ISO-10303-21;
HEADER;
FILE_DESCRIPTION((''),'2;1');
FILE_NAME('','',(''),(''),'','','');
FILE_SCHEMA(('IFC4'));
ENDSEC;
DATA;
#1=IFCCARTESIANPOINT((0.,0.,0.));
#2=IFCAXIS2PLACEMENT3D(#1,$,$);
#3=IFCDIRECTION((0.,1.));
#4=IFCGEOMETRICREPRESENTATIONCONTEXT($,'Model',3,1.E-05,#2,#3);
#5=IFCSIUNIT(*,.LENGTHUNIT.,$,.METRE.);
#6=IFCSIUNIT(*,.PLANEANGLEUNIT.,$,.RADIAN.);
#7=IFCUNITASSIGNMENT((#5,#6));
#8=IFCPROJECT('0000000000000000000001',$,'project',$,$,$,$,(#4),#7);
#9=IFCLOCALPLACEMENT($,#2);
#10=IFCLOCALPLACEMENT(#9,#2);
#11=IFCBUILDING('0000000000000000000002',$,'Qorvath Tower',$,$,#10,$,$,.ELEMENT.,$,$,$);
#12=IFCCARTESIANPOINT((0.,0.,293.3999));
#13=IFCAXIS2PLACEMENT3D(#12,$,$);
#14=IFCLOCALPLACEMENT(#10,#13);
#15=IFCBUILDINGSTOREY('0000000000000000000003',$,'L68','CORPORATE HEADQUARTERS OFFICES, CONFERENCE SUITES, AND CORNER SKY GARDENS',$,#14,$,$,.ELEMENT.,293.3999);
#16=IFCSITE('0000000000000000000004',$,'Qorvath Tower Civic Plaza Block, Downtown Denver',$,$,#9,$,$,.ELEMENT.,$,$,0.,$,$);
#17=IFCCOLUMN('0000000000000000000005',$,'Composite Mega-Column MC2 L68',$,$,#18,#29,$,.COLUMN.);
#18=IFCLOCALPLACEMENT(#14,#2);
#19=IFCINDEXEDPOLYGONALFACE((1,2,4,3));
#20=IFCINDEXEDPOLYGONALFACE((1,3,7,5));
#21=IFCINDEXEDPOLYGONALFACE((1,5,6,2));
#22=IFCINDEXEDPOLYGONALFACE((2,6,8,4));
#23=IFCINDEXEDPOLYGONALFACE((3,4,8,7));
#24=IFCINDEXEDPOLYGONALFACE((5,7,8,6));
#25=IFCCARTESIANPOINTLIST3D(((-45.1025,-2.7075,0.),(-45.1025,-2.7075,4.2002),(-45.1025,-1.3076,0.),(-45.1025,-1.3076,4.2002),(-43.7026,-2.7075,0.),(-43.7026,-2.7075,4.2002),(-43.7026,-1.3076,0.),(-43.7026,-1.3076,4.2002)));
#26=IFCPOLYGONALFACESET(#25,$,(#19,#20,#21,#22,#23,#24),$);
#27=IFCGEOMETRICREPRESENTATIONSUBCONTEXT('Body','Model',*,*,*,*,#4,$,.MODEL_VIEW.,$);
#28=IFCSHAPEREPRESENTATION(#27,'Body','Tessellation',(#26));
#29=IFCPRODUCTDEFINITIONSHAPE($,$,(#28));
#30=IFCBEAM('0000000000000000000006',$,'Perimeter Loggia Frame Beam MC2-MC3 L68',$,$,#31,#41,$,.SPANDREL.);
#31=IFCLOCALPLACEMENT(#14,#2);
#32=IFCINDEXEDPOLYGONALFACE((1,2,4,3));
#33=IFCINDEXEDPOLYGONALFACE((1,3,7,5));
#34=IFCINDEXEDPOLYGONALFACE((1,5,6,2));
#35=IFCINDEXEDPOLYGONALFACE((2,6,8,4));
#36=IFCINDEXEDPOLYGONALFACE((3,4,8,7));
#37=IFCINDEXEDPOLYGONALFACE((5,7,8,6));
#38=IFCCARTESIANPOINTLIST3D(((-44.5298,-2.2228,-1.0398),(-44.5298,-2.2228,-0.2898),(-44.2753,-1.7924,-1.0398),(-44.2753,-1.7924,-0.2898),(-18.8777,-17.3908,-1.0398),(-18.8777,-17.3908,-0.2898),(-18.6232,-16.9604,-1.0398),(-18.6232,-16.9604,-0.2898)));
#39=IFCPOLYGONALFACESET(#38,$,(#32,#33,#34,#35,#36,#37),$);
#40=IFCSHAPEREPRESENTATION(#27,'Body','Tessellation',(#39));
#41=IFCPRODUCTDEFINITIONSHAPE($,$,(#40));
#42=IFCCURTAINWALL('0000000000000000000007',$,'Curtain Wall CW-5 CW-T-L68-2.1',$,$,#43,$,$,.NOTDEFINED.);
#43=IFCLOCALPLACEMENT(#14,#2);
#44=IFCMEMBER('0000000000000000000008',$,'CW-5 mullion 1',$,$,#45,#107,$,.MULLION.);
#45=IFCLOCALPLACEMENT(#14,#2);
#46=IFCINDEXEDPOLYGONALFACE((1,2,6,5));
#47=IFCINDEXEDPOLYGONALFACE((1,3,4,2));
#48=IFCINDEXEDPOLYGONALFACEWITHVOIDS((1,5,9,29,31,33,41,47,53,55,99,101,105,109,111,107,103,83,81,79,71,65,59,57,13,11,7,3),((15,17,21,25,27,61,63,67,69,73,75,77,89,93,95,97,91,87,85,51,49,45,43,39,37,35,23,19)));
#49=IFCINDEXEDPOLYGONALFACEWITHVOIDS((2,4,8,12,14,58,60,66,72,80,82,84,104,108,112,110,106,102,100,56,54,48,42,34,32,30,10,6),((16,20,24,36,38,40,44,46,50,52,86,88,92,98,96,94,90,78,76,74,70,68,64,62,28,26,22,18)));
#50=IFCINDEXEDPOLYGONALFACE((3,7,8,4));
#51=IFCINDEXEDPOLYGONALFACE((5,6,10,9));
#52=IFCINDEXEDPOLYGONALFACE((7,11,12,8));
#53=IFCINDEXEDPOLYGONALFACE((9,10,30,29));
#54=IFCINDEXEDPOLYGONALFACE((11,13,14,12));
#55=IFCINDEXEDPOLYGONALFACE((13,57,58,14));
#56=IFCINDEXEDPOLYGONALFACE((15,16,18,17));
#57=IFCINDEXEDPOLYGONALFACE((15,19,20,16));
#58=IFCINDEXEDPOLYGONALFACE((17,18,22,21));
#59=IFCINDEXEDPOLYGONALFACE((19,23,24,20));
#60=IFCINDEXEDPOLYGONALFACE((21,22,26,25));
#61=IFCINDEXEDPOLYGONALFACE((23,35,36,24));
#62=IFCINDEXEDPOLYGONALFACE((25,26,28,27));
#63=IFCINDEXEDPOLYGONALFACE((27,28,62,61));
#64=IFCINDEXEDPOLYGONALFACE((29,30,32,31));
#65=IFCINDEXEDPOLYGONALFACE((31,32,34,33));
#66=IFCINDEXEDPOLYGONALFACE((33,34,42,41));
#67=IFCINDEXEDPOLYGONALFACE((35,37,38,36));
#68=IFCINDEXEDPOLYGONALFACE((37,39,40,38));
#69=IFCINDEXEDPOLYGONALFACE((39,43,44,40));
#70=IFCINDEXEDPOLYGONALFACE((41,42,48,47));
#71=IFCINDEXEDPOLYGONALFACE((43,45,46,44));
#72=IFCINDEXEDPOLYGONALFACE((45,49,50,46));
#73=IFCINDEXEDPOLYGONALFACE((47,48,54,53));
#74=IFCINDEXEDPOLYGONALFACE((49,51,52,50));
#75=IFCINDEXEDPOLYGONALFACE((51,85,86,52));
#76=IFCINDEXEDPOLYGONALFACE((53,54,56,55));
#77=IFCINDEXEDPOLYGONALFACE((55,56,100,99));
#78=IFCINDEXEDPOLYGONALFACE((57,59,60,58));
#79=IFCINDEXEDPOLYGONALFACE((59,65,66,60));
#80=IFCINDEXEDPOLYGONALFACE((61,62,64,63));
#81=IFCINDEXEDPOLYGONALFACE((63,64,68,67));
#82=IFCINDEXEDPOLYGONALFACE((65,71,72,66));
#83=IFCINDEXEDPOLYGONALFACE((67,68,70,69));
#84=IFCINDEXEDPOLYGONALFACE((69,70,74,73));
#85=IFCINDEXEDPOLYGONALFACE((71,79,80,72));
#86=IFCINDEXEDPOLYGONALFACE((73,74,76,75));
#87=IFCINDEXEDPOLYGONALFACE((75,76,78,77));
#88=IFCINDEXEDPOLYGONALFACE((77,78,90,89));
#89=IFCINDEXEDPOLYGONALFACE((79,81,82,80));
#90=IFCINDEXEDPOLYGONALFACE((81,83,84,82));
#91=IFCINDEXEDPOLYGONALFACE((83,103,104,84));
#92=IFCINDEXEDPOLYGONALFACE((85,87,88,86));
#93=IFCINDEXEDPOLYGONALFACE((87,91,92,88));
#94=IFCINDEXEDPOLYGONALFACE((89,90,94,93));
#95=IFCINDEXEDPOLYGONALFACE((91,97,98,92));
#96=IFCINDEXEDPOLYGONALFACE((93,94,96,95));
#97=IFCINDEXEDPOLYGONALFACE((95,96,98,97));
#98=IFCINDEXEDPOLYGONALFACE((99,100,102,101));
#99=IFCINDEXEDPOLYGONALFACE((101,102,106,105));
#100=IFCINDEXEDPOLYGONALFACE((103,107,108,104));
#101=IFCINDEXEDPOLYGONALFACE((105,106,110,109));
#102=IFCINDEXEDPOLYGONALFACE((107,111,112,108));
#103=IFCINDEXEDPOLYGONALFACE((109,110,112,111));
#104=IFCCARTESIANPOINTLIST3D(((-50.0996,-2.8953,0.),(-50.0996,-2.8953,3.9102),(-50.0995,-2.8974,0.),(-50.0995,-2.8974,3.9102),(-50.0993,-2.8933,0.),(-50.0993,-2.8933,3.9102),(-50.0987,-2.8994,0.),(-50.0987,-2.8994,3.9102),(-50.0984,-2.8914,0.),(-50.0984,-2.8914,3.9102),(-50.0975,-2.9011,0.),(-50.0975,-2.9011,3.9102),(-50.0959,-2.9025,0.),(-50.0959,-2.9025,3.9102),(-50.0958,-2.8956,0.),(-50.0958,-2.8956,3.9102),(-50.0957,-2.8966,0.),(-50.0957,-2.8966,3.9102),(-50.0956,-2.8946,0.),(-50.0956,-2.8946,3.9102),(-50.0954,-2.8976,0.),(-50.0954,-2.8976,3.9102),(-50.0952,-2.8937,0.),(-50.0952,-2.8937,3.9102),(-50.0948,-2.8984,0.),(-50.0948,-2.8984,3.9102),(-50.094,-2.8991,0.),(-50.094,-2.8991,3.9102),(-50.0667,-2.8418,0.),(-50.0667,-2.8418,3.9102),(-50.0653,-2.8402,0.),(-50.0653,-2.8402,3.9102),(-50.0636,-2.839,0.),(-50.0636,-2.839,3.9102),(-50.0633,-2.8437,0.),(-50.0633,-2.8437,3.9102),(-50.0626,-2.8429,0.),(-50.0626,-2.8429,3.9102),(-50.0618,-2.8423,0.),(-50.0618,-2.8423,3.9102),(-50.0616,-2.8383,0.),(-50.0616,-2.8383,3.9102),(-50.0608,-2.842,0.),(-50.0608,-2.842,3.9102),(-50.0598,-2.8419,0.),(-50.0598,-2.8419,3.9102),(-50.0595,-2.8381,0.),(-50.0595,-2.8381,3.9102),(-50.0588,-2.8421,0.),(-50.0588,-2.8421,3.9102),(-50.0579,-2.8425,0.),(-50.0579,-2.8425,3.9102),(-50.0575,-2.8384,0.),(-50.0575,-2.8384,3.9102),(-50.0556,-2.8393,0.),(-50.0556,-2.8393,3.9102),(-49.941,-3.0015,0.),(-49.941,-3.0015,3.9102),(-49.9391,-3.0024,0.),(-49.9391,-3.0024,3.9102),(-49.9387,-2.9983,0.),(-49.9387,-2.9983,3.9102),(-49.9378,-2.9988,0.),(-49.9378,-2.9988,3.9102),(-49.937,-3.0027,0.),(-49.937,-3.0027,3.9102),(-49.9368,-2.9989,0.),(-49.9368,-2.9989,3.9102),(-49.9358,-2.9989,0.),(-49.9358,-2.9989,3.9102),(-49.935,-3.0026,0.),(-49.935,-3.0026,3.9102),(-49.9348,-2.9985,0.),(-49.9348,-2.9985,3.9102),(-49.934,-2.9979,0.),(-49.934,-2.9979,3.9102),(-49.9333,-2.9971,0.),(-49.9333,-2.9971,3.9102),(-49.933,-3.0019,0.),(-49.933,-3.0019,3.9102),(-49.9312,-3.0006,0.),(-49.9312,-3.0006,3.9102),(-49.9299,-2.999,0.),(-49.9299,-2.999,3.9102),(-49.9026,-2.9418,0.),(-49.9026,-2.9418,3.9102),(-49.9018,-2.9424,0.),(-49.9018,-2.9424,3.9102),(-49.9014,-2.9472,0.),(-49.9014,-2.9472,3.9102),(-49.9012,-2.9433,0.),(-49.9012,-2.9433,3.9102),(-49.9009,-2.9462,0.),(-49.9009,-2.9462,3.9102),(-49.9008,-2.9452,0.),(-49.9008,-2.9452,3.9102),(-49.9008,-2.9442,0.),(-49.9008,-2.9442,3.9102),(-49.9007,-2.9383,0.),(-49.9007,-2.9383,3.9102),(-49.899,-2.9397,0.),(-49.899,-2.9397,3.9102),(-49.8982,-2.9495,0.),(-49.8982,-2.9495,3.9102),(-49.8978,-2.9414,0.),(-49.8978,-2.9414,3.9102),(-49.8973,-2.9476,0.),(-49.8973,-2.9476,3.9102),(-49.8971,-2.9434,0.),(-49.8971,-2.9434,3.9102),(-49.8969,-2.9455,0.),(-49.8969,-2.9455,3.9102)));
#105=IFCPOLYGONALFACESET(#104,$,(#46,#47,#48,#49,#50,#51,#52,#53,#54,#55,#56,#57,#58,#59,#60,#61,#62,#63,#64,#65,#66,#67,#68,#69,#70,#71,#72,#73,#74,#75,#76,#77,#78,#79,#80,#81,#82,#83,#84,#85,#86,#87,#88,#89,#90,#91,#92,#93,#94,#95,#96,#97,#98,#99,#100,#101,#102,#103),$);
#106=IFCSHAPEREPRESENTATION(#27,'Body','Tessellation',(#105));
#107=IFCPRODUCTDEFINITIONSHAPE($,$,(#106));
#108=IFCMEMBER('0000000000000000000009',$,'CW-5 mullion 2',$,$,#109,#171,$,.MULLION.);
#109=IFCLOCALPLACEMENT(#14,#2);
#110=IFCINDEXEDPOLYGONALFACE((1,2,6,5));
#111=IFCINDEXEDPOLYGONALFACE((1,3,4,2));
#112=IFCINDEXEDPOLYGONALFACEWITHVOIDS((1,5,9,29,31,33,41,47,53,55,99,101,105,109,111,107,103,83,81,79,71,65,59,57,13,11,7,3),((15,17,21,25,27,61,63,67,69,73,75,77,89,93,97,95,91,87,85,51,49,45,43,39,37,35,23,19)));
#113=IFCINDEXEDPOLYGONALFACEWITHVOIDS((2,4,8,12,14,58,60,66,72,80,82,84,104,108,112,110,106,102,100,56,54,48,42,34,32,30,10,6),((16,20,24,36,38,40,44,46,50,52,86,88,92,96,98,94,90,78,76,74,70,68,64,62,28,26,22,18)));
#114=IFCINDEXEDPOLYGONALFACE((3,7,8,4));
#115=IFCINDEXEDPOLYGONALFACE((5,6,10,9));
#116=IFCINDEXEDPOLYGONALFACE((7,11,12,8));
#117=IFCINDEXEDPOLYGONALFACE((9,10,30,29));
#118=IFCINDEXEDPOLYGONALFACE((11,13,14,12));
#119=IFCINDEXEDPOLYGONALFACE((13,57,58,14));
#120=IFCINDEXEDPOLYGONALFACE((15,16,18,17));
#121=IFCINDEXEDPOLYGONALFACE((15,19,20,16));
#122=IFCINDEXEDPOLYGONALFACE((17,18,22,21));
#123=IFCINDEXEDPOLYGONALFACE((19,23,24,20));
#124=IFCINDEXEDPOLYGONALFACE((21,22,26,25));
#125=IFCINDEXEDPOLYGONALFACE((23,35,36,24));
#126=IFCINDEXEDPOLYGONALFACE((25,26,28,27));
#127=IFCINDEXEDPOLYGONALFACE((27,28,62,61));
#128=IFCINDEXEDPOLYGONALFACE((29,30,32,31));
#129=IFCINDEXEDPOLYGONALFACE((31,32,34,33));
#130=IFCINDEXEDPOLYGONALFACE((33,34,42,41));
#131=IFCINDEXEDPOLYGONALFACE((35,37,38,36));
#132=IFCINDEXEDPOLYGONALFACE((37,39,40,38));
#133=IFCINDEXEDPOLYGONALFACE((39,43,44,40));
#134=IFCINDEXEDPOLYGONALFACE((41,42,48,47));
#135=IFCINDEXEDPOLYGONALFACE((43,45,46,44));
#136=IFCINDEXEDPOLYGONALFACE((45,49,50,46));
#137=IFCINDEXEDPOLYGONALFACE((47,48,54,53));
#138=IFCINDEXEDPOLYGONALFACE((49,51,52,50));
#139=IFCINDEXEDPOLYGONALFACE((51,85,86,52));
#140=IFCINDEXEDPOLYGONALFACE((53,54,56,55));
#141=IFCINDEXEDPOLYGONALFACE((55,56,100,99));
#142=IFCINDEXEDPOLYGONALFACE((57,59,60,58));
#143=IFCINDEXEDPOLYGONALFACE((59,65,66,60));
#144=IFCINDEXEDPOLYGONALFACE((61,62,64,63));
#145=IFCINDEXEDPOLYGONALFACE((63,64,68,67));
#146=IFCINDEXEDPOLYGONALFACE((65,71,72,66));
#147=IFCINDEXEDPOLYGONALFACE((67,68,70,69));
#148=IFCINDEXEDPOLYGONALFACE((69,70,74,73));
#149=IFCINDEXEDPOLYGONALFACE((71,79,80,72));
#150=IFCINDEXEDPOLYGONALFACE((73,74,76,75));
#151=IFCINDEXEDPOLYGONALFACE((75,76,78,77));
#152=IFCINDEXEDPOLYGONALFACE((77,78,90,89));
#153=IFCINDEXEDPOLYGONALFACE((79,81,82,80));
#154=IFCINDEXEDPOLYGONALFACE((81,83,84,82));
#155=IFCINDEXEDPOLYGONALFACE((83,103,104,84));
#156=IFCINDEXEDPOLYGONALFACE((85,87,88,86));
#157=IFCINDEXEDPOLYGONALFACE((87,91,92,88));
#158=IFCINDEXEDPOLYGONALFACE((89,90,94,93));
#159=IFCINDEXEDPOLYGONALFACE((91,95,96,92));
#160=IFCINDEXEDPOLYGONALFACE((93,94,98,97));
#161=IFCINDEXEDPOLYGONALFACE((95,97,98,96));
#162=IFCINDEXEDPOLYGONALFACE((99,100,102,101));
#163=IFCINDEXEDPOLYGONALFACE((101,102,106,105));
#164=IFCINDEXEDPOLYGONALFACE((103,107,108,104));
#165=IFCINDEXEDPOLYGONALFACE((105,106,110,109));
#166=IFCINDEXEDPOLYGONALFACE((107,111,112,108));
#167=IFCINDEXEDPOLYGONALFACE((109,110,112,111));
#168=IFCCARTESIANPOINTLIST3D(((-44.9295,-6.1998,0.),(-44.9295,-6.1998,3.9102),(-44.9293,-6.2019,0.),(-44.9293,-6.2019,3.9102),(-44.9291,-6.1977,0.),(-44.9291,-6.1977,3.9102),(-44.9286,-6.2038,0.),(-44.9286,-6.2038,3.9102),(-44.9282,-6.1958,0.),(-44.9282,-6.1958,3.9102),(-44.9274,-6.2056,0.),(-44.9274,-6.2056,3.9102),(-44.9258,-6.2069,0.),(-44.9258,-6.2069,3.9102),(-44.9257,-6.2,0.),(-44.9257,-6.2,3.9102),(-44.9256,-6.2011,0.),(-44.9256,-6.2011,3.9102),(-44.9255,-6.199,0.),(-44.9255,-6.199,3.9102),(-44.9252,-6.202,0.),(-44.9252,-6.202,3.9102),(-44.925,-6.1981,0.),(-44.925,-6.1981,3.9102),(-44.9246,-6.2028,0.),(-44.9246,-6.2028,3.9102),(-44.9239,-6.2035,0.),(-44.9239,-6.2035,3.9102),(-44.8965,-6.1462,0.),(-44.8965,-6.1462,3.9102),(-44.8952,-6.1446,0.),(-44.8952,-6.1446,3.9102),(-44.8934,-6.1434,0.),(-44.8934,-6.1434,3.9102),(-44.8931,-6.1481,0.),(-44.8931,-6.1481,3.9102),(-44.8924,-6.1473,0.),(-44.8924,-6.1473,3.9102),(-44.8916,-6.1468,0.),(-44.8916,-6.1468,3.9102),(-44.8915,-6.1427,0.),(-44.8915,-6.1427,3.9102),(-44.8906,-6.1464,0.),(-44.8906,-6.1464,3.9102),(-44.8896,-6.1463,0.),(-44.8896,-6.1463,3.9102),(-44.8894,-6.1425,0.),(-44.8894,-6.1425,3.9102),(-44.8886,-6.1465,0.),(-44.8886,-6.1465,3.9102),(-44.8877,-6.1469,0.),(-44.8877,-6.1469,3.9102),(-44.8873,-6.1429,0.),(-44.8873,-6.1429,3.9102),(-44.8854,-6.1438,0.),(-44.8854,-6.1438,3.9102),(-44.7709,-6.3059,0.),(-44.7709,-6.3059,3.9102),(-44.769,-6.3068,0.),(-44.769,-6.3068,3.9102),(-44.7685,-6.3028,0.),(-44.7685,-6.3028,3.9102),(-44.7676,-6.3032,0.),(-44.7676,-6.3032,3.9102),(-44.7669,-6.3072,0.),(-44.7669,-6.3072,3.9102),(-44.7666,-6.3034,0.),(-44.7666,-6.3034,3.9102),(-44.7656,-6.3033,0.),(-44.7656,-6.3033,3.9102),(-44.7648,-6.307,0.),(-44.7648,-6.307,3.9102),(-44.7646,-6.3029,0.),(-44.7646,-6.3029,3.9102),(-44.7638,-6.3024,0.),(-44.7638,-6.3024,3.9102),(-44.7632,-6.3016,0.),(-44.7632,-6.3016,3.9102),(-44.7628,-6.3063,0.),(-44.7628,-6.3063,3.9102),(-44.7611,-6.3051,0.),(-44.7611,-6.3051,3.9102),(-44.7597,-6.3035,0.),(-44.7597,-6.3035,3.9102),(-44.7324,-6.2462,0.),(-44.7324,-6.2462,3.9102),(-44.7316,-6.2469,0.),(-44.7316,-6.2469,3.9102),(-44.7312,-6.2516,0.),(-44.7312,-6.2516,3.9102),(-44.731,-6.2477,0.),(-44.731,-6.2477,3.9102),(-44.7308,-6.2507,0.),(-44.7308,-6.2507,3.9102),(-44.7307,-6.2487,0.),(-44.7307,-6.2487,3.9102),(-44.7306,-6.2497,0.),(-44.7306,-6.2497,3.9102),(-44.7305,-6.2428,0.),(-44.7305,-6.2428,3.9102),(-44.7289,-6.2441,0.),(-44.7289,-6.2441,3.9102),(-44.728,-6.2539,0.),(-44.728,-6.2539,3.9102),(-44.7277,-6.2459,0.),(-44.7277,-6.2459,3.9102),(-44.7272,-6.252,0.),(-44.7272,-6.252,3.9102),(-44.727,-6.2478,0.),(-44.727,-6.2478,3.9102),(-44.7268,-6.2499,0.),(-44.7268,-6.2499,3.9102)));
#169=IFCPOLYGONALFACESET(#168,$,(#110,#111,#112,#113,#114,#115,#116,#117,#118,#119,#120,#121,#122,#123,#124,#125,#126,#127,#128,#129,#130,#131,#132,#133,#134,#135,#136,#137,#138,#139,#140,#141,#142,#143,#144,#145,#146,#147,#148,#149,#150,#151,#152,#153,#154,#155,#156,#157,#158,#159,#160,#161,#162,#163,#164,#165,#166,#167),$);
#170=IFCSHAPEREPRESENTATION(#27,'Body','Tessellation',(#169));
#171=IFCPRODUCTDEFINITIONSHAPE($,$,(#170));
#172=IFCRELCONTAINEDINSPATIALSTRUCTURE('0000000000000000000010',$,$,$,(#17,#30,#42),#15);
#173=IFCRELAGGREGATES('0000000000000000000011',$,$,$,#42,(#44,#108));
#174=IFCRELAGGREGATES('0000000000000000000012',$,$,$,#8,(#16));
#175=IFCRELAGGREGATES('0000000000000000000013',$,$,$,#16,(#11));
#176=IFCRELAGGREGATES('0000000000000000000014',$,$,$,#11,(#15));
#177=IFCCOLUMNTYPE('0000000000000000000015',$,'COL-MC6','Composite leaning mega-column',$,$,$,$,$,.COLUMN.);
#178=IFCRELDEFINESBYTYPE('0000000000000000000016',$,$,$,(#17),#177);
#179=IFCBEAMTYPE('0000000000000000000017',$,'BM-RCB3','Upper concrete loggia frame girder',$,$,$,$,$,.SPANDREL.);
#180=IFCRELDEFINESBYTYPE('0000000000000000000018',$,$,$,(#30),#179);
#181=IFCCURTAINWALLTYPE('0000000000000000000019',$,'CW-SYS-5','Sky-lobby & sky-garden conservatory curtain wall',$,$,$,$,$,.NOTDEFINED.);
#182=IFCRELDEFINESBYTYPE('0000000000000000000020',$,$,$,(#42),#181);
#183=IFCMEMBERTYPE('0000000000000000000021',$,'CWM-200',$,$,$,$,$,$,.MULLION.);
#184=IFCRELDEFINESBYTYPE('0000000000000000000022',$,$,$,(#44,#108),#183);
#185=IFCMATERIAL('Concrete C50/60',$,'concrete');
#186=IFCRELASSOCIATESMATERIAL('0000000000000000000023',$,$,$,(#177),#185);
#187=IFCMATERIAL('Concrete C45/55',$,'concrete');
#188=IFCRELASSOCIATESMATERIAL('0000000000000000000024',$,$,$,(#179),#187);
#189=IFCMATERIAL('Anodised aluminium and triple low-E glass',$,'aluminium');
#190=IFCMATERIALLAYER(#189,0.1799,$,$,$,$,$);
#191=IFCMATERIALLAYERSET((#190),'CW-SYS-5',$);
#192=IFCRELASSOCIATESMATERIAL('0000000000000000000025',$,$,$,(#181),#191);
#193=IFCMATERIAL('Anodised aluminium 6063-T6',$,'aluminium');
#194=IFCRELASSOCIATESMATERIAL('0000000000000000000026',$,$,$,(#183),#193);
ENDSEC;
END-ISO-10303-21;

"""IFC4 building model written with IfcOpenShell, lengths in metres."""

from ifc_helpers import new_model, si_unit, direction, frame, origin, origin_2d, place, context, subcontext, project, spatial, rectangle, hollow_rectangle, extrude, material, layer, layer_set, material_profile, profile_set, type_object, element, aggregate, save


model = new_model("IFC4")

# Units and contexts
model_context = context("Model", 3, precision=1e-05, world=origin(), true_north=direction((0.0, 1.0)))
body_context = subcontext(model_context, "Body", "Model", "MODEL_VIEW")
ifc_project = project(units=[si_unit("LENGTHUNIT", "METRE"), si_unit("PLANEANGLEUNIT", "RADIAN")], contexts=[model_context])

# Site, building, storey
site_placement = place(None, origin())
site = spatial("IfcSite", under=ifc_project, at=site_placement, Name="Qorvath Tower Civic Plaza Block, Downtown Denver", CompositionType="ELEMENT", RefElevation=0.0)
building_placement = place(site_placement, origin())
building = spatial("IfcBuilding", under=site, at=building_placement, Name="Qorvath Tower", CompositionType="ELEMENT")
storey_placement = place(building_placement, frame((0.0, 0.0, 293.3999)))
storey = spatial("IfcBuildingStorey", under=building, at=storey_placement, Name="L68", Description="CORPORATE HEADQUARTERS OFFICES, CONFERENCE SUITES, AND CORNER SKY GARDENS", CompositionType="ELEMENT", Elevation=293.3999)

# Column
ifc_material_1 = material(Name="Concrete C50/60", Category="concrete")
ifc_material_profile_1 = material_profile(ifc_material_1, rectangle(XDim=1.3999, YDim=1.3999, at=origin_2d()), Name="MC 1400x1400")
ifc_profile_set_1 = profile_set([ifc_material_profile_1], Name="Concrete C50/60")
column_type = type_object("IfcColumnType", Name="COL-MC6", Description="Composite leaning mega-column", PredefinedType="COLUMN", material=ifc_profile_set_1)
column_placement = place(storey_placement, frame((-44.4026, -2.0076, 0.0), z_axis=(0.0, 0.0, 1.0), x_axis=(1.0, 0.0, 0.0)))
element("IfcColumn", 1, at=column_placement, inside=storey, type_object=column_type, Name="Composite Mega-Column MC2 L68", PredefinedType="COLUMN", context=body_context, shape_type="SweptSolid", body=[
    extrude(rectangle(XDim=1.3999, YDim=1.3999, at=origin_2d()), origin(), (0.0, 0.0, 1.0), 4.2002),
])

# Beam
ifc_material_2 = material(Name="Concrete C45/55", Category="concrete")
ifc_material_profile_2 = material_profile(ifc_material_2, rectangle(XDim=0.5, YDim=0.75, at=origin_2d()), Name="RCB 750x500")
ifc_profile_set_2 = profile_set([ifc_material_profile_2], Name="Concrete C45/55")
beam_type = type_object("IfcBeamType", Name="BM-RCB3", Description="Upper concrete loggia frame girder", PredefinedType="SPANDREL", material=ifc_profile_set_2)
beam_placement = place(storey_placement, frame((-44.4026, -2.0076, -0.6648), z_axis=(0.860781, -0.508976, 0.0), x_axis=(0.508976, 0.860781, 0.0)))
element("IfcBeam", 2, at=beam_placement, inside=storey, type_object=beam_type, Name="Perimeter Loggia Frame Beam MC2-MC3 L68", PredefinedType="SPANDREL", context=body_context, shape_type="SweptSolid", body=[
    extrude(rectangle(XDim=0.5, YDim=0.75, at=origin_2d()), origin(), (0.0, 0.0, 1.0), 29.801),
])

# Curtain wall, members
ifc_material_3 = material(Name="Anodised aluminium and triple low-E glass", Category="aluminium")
ifc_layer_1 = layer(ifc_material_3, 0.1799)
ifc_layer_set_1 = layer_set([ifc_layer_1], Name="CW-SYS-5")
curtain_wall_type = type_object("IfcCurtainWallType", Name="CW-SYS-5", Description="Sky-lobby & sky-garden conservatory curtain wall", PredefinedType="NOTDEFINED", material=ifc_layer_set_1)
curtain_wall_placement = place(storey_placement, origin())
curtain_wall = element("IfcCurtainWall", 3, at=curtain_wall_placement, inside=storey, type_object=curtain_wall_type, Name="Curtain Wall CW-5 CW-T-L68-2.1", PredefinedType="NOTDEFINED")
ifc_material_4 = material(Name="Anodised aluminium 6063-T6", Category="aluminium")
ifc_material_profile_3 = material_profile(ifc_material_4, hollow_rectangle(XDim=0.075, YDim=0.2, WallThickness=0.0039, InnerFilletRadius=0.0039, OuterFilletRadius=0.0081, at=origin_2d()), Name="CWM 200x75")
ifc_profile_set_3 = profile_set([ifc_material_profile_3], Name="Anodised aluminium 6063-T6")
member_type_1 = type_object("IfcMemberType", Name="CWM-200", PredefinedType="MULLION", material=ifc_profile_set_3)
member_1_placement = place(storey_placement, frame((-49.9983, -2.9204, 0.0), z_axis=(0.0, 0.0, 1.0), x_axis=(0.538538, 0.842601, 0.0)))
member_1 = element("IfcMember", 4, at=member_1_placement, type_object=member_type_1, Name="CW-5 mullion 1", PredefinedType="MULLION", context=body_context, shape_type="SweptSolid", body=[
    extrude(hollow_rectangle(XDim=0.075, YDim=0.2, WallThickness=0.0039, InnerFilletRadius=0.0039, OuterFilletRadius=0.0081, at=origin_2d()), origin(), (0.0, 0.0, 1.0), 3.9102),
])
member_2_placement = place(storey_placement, frame((-44.8281, -6.2249, 0.0), z_axis=(0.0, 0.0, 1.0), x_axis=(0.538538, 0.842601, 0.0)))
member_2 = element("IfcMember", 5, at=member_2_placement, type_object=member_type_1, Name="CW-5 mullion 2", PredefinedType="MULLION", context=body_context, shape_type="SweptSolid", body=[
    extrude(hollow_rectangle(XDim=0.075, YDim=0.2, WallThickness=0.0039, InnerFilletRadius=0.0039, OuterFilletRadius=0.0081, at=origin_2d()), origin(), (0.0, 0.0, 1.0), 3.9102),
])
aggregate(curtain_wall, [member_1, member_2])

save(model, "model.ifc")
